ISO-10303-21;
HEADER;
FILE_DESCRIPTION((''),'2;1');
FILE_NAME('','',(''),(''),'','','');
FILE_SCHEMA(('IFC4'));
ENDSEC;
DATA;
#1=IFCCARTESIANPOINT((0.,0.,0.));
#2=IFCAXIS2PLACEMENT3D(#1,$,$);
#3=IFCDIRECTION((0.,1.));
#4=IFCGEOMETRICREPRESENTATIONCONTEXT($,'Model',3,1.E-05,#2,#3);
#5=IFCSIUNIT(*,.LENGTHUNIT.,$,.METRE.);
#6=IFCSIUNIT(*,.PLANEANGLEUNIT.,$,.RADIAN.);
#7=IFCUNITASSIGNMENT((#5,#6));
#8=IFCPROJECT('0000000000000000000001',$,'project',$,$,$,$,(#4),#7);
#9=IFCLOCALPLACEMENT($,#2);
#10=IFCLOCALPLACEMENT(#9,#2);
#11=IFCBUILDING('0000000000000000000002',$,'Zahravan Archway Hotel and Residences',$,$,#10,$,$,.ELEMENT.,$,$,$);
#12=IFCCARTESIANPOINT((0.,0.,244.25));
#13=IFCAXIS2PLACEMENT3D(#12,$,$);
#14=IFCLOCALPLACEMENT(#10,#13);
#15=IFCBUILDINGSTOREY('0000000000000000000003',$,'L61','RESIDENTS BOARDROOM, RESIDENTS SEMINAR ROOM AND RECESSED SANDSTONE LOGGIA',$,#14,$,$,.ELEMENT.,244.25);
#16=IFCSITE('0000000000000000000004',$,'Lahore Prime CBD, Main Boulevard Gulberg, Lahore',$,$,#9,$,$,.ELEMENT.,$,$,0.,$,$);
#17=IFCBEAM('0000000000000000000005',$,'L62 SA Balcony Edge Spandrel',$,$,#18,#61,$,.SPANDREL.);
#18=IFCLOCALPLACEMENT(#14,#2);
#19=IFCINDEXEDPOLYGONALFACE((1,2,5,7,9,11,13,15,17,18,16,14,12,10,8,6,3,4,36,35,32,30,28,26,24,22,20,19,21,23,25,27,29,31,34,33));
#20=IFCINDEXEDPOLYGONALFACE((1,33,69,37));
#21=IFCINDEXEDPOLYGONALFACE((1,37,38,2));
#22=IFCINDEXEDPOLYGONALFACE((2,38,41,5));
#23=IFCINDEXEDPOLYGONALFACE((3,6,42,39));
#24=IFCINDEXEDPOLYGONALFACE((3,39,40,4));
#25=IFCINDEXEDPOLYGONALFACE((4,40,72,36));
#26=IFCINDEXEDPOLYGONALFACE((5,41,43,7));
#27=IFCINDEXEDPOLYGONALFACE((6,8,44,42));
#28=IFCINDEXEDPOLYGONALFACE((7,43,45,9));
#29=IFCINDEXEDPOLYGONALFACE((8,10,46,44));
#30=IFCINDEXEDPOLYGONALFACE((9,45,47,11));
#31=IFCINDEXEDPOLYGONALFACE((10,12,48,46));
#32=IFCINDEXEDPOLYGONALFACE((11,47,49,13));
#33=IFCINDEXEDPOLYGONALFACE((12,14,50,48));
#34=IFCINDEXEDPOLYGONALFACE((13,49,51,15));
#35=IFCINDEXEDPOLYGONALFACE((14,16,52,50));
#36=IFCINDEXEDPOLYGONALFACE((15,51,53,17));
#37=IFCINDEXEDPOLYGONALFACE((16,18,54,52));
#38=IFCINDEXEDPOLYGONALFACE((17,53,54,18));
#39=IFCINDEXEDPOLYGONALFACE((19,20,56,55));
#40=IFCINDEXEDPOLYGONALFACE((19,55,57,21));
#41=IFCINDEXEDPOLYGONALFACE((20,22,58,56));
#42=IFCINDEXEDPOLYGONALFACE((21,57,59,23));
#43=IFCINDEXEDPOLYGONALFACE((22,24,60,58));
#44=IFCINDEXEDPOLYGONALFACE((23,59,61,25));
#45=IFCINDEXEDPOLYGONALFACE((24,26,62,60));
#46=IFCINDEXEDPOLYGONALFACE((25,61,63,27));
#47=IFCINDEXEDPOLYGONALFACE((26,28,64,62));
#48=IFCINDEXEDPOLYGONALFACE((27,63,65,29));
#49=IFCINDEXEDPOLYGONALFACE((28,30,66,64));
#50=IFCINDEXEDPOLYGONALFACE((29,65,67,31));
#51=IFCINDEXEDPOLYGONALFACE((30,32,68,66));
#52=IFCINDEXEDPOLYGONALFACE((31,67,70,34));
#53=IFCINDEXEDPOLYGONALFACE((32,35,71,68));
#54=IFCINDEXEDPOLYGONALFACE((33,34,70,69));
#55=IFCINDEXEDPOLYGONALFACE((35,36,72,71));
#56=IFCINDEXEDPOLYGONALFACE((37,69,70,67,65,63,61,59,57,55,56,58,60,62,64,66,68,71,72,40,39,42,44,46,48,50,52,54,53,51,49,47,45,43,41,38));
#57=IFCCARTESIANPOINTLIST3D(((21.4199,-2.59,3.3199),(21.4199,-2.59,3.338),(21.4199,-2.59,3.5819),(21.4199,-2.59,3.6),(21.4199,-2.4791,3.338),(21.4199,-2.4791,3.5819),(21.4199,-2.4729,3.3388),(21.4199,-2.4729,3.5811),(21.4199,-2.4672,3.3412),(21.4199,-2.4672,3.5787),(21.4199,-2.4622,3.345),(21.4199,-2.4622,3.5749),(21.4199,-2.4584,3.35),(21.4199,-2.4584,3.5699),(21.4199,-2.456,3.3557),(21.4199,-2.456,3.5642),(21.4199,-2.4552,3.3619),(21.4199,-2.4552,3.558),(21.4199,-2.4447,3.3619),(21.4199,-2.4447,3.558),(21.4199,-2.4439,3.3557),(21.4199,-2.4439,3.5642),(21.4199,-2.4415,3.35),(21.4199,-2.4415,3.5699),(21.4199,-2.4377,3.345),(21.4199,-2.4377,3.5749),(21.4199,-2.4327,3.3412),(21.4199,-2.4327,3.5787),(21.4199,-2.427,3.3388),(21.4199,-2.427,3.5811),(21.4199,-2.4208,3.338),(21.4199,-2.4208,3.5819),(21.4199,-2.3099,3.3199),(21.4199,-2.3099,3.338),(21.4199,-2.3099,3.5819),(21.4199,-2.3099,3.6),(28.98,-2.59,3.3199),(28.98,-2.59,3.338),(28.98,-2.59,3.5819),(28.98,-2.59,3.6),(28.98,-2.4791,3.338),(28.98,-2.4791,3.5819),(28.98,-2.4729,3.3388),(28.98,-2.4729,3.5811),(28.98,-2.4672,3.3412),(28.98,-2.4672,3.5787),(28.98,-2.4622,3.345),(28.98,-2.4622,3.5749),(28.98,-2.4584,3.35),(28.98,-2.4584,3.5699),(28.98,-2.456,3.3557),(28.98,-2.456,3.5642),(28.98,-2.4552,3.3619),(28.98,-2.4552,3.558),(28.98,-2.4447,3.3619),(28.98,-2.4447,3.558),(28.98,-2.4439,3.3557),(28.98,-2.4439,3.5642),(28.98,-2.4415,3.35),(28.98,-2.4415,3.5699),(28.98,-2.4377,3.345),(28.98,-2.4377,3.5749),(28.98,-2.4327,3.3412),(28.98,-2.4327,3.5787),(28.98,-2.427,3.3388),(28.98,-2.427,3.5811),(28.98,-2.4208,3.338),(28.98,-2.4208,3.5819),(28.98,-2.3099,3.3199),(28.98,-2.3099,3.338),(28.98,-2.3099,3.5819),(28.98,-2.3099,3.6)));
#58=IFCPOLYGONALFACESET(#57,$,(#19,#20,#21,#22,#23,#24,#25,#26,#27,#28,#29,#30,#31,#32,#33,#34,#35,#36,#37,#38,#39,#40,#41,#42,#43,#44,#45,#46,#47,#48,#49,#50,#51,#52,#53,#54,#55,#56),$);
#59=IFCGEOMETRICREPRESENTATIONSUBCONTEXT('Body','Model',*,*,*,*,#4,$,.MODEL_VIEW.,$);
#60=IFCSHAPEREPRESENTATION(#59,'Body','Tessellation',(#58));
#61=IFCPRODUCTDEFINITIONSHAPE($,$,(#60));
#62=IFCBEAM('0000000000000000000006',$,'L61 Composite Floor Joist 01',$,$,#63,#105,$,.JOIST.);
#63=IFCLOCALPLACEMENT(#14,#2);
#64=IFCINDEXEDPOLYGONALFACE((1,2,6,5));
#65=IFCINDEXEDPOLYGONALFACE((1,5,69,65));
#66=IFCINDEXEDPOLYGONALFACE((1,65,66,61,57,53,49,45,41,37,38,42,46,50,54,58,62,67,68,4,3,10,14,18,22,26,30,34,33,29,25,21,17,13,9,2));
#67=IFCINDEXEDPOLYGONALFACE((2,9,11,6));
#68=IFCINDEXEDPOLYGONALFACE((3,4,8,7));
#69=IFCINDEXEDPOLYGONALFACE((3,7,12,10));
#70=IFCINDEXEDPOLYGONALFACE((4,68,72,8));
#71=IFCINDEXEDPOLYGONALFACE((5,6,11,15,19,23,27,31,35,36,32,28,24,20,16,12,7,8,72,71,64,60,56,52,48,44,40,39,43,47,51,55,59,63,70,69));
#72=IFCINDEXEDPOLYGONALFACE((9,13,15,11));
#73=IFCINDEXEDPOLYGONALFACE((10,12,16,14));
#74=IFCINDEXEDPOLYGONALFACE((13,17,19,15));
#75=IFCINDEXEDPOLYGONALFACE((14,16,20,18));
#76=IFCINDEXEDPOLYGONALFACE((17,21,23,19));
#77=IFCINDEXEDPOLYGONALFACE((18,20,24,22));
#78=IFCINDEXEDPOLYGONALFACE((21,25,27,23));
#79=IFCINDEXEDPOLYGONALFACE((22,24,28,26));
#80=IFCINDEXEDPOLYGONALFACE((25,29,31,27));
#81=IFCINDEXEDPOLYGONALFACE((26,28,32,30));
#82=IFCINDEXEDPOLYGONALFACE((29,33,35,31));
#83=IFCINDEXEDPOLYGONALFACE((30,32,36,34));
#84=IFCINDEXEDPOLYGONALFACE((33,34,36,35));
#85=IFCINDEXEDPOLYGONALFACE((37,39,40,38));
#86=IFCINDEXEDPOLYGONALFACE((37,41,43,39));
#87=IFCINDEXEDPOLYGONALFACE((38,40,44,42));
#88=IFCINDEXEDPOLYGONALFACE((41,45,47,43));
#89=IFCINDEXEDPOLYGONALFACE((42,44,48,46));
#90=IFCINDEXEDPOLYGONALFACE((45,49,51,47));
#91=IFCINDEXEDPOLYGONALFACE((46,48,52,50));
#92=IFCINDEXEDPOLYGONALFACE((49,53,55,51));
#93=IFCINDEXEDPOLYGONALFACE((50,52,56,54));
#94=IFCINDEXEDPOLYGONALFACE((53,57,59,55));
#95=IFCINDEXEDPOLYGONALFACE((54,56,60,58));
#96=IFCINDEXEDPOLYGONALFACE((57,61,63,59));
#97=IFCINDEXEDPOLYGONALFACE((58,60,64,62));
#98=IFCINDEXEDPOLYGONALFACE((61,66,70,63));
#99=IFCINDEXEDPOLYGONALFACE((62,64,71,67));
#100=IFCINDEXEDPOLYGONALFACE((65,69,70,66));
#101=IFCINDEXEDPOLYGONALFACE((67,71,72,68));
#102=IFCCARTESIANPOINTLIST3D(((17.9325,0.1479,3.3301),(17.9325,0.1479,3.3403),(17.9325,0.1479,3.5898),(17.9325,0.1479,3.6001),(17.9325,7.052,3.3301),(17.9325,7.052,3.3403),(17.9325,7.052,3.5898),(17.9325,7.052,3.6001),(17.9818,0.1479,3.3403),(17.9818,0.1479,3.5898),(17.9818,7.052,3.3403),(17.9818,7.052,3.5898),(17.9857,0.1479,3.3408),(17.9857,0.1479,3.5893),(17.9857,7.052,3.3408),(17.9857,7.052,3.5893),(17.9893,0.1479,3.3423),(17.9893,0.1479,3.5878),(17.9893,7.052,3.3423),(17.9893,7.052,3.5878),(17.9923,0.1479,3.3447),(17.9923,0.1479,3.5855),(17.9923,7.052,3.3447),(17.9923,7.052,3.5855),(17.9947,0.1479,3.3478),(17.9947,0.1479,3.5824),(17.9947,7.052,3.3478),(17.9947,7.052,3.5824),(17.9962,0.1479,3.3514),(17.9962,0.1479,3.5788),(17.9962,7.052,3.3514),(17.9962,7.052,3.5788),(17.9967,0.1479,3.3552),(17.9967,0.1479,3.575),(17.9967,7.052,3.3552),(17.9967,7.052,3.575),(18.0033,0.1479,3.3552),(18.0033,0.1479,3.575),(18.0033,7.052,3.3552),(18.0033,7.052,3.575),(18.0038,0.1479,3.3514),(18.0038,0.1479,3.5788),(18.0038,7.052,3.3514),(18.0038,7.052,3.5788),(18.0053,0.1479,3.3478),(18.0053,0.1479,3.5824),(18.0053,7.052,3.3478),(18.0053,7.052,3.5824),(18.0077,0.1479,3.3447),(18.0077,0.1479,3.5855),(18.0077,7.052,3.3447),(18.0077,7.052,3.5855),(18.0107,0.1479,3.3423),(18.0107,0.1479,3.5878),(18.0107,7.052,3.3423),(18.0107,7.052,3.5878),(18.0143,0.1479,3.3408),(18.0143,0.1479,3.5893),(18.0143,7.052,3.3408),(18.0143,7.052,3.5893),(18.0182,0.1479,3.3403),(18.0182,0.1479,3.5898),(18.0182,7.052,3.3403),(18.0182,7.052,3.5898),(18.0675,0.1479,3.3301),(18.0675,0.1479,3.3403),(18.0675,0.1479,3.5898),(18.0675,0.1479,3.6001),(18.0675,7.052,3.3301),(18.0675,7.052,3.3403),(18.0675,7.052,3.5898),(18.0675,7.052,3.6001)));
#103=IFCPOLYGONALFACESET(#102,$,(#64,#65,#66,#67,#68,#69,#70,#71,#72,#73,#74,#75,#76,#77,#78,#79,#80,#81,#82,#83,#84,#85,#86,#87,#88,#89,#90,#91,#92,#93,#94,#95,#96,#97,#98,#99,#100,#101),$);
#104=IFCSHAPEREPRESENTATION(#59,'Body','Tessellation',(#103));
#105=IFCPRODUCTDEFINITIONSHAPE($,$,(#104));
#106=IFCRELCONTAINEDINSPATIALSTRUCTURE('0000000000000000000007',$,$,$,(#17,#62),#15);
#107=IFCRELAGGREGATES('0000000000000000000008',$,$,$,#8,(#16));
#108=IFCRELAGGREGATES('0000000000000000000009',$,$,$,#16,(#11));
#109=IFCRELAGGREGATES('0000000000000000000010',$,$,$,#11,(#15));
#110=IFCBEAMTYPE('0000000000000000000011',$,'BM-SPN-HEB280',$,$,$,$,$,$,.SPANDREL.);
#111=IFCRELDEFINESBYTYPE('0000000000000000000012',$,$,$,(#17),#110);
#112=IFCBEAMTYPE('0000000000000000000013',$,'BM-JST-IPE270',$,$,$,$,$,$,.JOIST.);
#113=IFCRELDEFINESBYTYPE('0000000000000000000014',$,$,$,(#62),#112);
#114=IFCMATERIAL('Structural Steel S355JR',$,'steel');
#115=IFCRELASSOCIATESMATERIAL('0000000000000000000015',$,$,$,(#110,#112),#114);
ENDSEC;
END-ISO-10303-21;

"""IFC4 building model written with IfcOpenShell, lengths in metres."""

from ifc_helpers import new_model, si_unit, direction, frame, origin, origin_2d, place, context, subcontext, project, spatial, i_section, extrude, source, transform, mapped, material, material_profile, profile_set, type_object, type_shapes, element, save


model = new_model("IFC4")

# Units and contexts
model_context = context("Model", 3, precision=1e-05, world=origin(), true_north=direction((0.0, 1.0)))
body_context = subcontext(model_context, "Body", "Model", "MODEL_VIEW")
ifc_project = project(units=[si_unit("LENGTHUNIT", "METRE"), si_unit("PLANEANGLEUNIT", "RADIAN")], contexts=[model_context])

# Site, building, storey
site_placement = place(None, origin())
site = spatial("IfcSite", under=ifc_project, at=site_placement, Name="Lahore Prime CBD, Main Boulevard Gulberg, Lahore", CompositionType="ELEMENT", RefElevation=0.0)
building_placement = place(site_placement, origin())
building = spatial("IfcBuilding", under=site, at=building_placement, Name="Zahravan Archway Hotel and Residences", CompositionType="ELEMENT")
storey_placement = place(building_placement, frame((0.0, 0.0, 244.25)))
storey = spatial("IfcBuildingStorey", under=building, at=storey_placement, Name="L61", Description="RESIDENTS BOARDROOM, RESIDENTS SEMINAR ROOM AND RECESSED SANDSTONE LOGGIA", CompositionType="ELEMENT", Elevation=244.25)

# Beams
ifc_material_1 = material(Name="Structural Steel S355JR", Category="steel")
ifc_material_profile_1 = material_profile(ifc_material_1, i_section(OverallWidth=0.28, OverallDepth=0.28, WebThickness=0.0105, FlangeThickness=0.0181, FilletRadius=0.0239, at=origin_2d()), Name="HEB 280", Category="steel")
ifc_profile_set_1 = profile_set([ifc_material_profile_1], Name="Structural Steel S355JR")
beam_type_1 = type_object("IfcBeamType", Name="BM-SPN-HEB280", PredefinedType="SPANDREL", material=ifc_profile_set_1)
shared_shape_1 = source(origin(), body_context, "Body", "SweptSolid", [
    extrude(i_section(OverallWidth=0.28, OverallDepth=0.28, WebThickness=0.0105, FlangeThickness=0.0181, FilletRadius=0.0239, at=origin_2d()), origin(), (0.0, 0.0, 1.0), 7.5601),
])
type_shapes(beam_type_1, [shared_shape_1])
beam_1_placement = place(storey_placement, frame((21.4199, -2.45, 3.46), z_axis=(1.0, 0.0, 0.0), x_axis=(0.0, 1.0, 0.0)))
element("IfcBeam", 1, at=beam_1_placement, inside=storey, type_object=beam_type_1, Name="L62 SA Balcony Edge Spandrel", PredefinedType="SPANDREL", context=body_context, shape_type="MappedRepresentation", body=[
    mapped(shared_shape_1, transform((0.0, 0.0, 0.0), scale=1.0)),
])
ifc_material_profile_2 = material_profile(ifc_material_1, i_section(OverallWidth=0.135, OverallDepth=0.27, WebThickness=0.0066, FlangeThickness=0.0103, FilletRadius=0.0149, at=origin_2d()), Name="IPE 270", Category="steel")
ifc_profile_set_2 = profile_set([ifc_material_profile_2], Name="Structural Steel S355JR")
beam_type_2 = type_object("IfcBeamType", Name="BM-JST-IPE270", PredefinedType="JOIST", material=ifc_profile_set_2)
shared_shape_2 = source(origin(), body_context, "Body", "SweptSolid", [
    extrude(i_section(OverallWidth=0.135, OverallDepth=0.27, WebThickness=0.0066, FlangeThickness=0.0103, FilletRadius=0.0149, at=origin_2d()), origin(), (0.0, 0.0, 1.0), 6.9041),
])
type_shapes(beam_type_2, [shared_shape_2])
beam_2_placement = place(storey_placement, frame((18.0, 0.1479, 3.4651), z_axis=(0.0, 1.0, 0.0), x_axis=(-1.0, 0.0, 0.0)))
element("IfcBeam", 2, at=beam_2_placement, inside=storey, type_object=beam_type_2, Name="L61 Composite Floor Joist 01", PredefinedType="JOIST", context=body_context, shape_type="MappedRepresentation", body=[
    mapped(shared_shape_2, transform((0.0, 0.0, 0.0), scale=1.0)),
])

save(model, "model.ifc")
